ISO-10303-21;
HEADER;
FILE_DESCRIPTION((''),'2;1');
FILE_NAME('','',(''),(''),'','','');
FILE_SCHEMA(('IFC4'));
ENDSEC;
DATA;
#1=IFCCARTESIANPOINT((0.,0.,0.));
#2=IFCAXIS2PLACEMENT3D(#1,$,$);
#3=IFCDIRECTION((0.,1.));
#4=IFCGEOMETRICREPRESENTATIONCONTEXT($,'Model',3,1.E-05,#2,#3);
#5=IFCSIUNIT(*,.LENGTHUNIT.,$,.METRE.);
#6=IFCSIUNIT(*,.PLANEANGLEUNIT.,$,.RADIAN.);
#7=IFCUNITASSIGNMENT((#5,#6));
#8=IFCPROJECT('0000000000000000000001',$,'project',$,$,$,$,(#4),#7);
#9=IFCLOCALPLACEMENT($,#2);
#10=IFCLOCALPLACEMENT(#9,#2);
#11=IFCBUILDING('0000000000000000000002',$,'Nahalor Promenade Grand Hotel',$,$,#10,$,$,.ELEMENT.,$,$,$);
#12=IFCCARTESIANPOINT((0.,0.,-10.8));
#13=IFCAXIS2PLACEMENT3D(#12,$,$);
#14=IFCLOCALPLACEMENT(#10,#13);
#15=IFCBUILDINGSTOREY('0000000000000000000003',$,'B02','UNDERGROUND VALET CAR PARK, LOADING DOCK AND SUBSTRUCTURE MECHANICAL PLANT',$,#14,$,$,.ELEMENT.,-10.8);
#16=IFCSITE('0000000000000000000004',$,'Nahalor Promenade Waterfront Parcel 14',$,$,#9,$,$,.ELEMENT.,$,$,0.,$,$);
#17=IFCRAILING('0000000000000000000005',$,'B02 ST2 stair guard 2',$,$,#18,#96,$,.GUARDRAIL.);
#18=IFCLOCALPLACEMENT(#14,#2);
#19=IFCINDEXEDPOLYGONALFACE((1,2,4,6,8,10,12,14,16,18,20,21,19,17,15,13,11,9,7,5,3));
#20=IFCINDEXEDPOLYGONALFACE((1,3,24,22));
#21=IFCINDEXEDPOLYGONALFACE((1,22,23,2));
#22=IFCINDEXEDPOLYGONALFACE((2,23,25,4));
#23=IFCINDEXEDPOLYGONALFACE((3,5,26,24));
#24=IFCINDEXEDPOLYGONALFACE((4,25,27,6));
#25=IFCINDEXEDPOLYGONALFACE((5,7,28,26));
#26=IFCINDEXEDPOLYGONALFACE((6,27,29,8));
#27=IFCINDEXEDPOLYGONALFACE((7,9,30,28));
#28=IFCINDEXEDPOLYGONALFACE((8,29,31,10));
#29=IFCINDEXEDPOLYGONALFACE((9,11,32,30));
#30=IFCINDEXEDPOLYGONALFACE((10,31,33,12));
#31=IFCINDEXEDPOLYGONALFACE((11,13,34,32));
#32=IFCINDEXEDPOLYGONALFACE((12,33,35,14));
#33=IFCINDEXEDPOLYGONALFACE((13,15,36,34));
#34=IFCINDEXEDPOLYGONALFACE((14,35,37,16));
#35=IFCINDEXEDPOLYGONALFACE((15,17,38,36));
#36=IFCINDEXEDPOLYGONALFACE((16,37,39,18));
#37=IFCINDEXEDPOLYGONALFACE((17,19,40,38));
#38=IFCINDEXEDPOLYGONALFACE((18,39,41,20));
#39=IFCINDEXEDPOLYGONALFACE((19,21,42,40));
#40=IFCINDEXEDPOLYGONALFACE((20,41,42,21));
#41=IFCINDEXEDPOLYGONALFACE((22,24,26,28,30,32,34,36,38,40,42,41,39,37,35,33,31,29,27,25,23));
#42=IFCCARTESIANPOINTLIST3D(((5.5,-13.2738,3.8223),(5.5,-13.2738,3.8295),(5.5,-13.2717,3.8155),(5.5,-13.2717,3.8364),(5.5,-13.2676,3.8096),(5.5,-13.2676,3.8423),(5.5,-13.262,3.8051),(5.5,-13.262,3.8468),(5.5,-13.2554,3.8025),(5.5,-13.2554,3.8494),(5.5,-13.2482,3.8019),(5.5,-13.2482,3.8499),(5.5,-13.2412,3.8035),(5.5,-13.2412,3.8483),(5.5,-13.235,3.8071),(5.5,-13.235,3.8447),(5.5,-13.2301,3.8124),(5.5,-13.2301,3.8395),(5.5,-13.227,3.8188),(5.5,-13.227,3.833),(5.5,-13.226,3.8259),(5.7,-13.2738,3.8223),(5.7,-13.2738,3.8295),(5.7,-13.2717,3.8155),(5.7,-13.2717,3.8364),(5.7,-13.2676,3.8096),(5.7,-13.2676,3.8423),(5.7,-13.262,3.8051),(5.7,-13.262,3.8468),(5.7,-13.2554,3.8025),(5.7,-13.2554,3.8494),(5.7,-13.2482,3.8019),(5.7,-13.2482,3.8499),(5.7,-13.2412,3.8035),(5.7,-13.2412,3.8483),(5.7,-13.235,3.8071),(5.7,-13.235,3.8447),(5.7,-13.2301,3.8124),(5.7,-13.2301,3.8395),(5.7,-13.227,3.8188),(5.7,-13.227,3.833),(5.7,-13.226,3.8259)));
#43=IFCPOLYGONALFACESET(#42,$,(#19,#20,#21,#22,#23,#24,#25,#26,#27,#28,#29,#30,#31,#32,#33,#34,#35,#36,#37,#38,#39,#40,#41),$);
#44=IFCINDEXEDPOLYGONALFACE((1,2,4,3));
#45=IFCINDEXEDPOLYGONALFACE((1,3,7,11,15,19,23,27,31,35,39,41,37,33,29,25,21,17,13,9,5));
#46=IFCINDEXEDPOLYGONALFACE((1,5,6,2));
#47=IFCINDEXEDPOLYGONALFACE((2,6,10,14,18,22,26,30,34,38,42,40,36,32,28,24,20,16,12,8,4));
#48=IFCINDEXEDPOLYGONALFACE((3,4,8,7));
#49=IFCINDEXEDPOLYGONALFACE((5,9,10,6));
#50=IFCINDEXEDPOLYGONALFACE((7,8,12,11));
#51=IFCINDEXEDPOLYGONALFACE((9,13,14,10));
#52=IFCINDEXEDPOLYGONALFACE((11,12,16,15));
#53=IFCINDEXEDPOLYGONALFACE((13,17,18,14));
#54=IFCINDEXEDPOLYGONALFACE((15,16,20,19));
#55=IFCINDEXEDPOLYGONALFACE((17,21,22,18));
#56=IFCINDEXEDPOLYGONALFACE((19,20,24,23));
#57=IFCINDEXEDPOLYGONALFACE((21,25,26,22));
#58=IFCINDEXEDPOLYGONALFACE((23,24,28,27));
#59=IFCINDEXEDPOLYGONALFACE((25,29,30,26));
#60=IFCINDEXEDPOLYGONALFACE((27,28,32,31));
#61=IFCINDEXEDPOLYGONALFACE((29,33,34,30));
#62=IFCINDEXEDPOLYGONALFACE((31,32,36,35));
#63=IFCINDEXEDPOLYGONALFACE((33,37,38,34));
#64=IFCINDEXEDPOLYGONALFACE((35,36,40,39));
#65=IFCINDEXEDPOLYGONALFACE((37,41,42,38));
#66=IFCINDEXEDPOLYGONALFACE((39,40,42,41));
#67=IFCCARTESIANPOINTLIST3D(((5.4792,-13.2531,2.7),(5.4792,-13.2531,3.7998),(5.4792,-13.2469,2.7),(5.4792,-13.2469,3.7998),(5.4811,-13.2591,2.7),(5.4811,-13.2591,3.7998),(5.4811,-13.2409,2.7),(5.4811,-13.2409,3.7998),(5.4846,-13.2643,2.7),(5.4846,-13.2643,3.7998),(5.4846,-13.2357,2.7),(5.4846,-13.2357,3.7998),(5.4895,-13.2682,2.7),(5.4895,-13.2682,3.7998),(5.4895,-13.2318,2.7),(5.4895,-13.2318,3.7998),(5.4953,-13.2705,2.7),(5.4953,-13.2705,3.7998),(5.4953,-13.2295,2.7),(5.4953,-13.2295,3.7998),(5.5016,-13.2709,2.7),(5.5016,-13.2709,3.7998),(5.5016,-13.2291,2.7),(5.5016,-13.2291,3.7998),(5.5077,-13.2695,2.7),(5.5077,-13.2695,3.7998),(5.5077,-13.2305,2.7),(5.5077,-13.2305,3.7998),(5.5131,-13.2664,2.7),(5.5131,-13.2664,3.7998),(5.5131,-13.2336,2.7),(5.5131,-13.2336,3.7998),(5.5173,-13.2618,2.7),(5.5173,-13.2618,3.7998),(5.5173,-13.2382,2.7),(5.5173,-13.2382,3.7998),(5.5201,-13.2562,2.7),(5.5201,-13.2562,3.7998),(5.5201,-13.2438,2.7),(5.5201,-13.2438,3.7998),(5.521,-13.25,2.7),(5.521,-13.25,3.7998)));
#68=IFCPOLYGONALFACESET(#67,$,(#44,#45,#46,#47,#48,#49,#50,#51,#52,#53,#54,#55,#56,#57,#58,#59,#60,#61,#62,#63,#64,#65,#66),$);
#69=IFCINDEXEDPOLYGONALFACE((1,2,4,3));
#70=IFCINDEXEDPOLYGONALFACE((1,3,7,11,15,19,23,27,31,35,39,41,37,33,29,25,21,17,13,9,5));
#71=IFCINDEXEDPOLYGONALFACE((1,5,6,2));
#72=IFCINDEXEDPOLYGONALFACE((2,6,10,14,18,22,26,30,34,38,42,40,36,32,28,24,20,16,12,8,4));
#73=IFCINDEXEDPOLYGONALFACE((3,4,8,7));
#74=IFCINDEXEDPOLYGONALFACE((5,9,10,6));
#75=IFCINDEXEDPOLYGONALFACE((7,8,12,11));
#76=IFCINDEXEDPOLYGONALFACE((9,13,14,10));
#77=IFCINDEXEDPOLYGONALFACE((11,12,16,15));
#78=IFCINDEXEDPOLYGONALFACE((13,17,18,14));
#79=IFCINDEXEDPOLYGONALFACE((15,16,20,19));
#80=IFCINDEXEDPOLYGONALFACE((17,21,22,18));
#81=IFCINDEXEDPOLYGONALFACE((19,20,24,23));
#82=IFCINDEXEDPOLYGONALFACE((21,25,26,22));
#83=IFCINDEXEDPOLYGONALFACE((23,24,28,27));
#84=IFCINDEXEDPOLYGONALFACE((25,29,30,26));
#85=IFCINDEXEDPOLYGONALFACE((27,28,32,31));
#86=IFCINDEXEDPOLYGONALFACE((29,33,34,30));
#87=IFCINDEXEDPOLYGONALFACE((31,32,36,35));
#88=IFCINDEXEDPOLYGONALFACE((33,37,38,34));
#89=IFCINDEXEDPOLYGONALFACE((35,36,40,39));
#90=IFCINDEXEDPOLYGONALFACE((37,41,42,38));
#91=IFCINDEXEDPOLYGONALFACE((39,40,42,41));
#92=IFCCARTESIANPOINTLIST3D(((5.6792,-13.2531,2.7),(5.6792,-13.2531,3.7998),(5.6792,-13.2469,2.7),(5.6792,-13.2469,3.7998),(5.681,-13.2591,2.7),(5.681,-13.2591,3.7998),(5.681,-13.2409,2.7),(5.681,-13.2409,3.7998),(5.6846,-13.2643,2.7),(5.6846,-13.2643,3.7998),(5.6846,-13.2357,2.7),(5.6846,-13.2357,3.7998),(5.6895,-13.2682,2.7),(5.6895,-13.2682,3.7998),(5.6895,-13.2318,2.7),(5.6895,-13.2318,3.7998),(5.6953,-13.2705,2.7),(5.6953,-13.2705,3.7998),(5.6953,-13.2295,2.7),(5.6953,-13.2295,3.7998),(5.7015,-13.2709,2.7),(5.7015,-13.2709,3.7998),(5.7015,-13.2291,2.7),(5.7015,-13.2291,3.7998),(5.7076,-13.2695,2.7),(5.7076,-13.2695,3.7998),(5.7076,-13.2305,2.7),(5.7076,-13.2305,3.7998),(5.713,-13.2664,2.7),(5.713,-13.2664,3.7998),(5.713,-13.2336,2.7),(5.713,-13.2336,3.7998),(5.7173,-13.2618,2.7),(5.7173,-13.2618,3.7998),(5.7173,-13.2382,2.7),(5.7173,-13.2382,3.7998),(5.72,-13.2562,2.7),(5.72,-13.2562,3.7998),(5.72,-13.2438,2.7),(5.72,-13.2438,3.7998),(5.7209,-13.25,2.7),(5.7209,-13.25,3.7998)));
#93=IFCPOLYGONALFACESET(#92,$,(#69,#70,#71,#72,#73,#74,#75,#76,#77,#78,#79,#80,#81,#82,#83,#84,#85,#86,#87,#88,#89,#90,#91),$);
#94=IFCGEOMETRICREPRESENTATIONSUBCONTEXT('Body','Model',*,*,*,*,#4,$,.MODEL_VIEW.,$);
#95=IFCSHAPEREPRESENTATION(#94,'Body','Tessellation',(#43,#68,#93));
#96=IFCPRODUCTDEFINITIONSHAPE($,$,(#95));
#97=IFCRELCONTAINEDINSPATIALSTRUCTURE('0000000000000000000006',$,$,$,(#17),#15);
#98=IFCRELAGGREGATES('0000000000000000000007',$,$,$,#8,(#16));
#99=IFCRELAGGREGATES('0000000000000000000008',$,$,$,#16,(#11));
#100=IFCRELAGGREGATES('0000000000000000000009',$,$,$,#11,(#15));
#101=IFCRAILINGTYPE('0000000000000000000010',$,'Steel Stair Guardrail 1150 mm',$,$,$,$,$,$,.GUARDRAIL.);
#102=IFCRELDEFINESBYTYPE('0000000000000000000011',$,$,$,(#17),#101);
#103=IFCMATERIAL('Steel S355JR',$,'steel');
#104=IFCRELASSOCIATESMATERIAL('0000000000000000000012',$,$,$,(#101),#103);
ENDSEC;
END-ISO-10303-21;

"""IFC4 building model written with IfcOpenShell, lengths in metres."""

from ifc_helpers import new_model, si_unit, direction, frame, origin, origin_2d, place, context, subcontext, project, spatial, circle, extrude, material, type_object, element, save


model = new_model("IFC4")

# Units and contexts
model_context = context("Model", 3, precision=1e-05, world=origin(), true_north=direction((0.0, 1.0)))
body_context = subcontext(model_context, "Body", "Model", "MODEL_VIEW")
ifc_project = project(units=[si_unit("LENGTHUNIT", "METRE"), si_unit("PLANEANGLEUNIT", "RADIAN")], contexts=[model_context])

# Site, building, storey
site_placement = place(None, origin())
site = spatial("IfcSite", under=ifc_project, at=site_placement, Name="Nahalor Promenade Waterfront Parcel 14", CompositionType="ELEMENT", RefElevation=0.0)
building_placement = place(site_placement, origin())
building = spatial("IfcBuilding", under=site, at=building_placement, Name="Nahalor Promenade Grand Hotel", CompositionType="ELEMENT")
storey_placement = place(building_placement, frame((0.0, 0.0, -10.8)))
storey = spatial("IfcBuildingStorey", under=building, at=storey_placement, Name="B02", Description="UNDERGROUND VALET CAR PARK, LOADING DOCK AND SUBSTRUCTURE MECHANICAL PLANT", CompositionType="ELEMENT", Elevation=-10.8)

# Shared definitions
ifc_material_1 = material(Name="Steel S355JR", Category="steel")

# Railing
railing_type_1 = type_object("IfcRailingType", Name="Steel Stair Guardrail 1150 mm", PredefinedType="GUARDRAIL", material=ifc_material_1)
railing_1_placement = place(storey_placement, frame((5.5, -13.25, 2.7)))
element("IfcRailing", 1, at=railing_1_placement, inside=storey, type_object=railing_type_1, Name="B02 ST2 stair guard 2", PredefinedType="GUARDRAIL", context=body_context, shape_type="SweptSolid", body=[
    extrude(circle(Radius=0.024, at=origin_2d()), frame((0.0, 0.0, 1.126), z_axis=(1.0, 0.0, 0.0), x_axis=(0.0, 1.0, 0.0)), (0.0, 0.0, 1.0), 0.2),
    extrude(circle(Radius=0.021, at=origin_2d()), origin(), (0.0, 0.0, 1.0), 1.0999),
    extrude(circle(Radius=0.021, at=origin_2d()), frame((0.2, 0.0, 0.0)), (0.0, 0.0, 1.0), 1.0999),
])

save(model, "model.ifc")
